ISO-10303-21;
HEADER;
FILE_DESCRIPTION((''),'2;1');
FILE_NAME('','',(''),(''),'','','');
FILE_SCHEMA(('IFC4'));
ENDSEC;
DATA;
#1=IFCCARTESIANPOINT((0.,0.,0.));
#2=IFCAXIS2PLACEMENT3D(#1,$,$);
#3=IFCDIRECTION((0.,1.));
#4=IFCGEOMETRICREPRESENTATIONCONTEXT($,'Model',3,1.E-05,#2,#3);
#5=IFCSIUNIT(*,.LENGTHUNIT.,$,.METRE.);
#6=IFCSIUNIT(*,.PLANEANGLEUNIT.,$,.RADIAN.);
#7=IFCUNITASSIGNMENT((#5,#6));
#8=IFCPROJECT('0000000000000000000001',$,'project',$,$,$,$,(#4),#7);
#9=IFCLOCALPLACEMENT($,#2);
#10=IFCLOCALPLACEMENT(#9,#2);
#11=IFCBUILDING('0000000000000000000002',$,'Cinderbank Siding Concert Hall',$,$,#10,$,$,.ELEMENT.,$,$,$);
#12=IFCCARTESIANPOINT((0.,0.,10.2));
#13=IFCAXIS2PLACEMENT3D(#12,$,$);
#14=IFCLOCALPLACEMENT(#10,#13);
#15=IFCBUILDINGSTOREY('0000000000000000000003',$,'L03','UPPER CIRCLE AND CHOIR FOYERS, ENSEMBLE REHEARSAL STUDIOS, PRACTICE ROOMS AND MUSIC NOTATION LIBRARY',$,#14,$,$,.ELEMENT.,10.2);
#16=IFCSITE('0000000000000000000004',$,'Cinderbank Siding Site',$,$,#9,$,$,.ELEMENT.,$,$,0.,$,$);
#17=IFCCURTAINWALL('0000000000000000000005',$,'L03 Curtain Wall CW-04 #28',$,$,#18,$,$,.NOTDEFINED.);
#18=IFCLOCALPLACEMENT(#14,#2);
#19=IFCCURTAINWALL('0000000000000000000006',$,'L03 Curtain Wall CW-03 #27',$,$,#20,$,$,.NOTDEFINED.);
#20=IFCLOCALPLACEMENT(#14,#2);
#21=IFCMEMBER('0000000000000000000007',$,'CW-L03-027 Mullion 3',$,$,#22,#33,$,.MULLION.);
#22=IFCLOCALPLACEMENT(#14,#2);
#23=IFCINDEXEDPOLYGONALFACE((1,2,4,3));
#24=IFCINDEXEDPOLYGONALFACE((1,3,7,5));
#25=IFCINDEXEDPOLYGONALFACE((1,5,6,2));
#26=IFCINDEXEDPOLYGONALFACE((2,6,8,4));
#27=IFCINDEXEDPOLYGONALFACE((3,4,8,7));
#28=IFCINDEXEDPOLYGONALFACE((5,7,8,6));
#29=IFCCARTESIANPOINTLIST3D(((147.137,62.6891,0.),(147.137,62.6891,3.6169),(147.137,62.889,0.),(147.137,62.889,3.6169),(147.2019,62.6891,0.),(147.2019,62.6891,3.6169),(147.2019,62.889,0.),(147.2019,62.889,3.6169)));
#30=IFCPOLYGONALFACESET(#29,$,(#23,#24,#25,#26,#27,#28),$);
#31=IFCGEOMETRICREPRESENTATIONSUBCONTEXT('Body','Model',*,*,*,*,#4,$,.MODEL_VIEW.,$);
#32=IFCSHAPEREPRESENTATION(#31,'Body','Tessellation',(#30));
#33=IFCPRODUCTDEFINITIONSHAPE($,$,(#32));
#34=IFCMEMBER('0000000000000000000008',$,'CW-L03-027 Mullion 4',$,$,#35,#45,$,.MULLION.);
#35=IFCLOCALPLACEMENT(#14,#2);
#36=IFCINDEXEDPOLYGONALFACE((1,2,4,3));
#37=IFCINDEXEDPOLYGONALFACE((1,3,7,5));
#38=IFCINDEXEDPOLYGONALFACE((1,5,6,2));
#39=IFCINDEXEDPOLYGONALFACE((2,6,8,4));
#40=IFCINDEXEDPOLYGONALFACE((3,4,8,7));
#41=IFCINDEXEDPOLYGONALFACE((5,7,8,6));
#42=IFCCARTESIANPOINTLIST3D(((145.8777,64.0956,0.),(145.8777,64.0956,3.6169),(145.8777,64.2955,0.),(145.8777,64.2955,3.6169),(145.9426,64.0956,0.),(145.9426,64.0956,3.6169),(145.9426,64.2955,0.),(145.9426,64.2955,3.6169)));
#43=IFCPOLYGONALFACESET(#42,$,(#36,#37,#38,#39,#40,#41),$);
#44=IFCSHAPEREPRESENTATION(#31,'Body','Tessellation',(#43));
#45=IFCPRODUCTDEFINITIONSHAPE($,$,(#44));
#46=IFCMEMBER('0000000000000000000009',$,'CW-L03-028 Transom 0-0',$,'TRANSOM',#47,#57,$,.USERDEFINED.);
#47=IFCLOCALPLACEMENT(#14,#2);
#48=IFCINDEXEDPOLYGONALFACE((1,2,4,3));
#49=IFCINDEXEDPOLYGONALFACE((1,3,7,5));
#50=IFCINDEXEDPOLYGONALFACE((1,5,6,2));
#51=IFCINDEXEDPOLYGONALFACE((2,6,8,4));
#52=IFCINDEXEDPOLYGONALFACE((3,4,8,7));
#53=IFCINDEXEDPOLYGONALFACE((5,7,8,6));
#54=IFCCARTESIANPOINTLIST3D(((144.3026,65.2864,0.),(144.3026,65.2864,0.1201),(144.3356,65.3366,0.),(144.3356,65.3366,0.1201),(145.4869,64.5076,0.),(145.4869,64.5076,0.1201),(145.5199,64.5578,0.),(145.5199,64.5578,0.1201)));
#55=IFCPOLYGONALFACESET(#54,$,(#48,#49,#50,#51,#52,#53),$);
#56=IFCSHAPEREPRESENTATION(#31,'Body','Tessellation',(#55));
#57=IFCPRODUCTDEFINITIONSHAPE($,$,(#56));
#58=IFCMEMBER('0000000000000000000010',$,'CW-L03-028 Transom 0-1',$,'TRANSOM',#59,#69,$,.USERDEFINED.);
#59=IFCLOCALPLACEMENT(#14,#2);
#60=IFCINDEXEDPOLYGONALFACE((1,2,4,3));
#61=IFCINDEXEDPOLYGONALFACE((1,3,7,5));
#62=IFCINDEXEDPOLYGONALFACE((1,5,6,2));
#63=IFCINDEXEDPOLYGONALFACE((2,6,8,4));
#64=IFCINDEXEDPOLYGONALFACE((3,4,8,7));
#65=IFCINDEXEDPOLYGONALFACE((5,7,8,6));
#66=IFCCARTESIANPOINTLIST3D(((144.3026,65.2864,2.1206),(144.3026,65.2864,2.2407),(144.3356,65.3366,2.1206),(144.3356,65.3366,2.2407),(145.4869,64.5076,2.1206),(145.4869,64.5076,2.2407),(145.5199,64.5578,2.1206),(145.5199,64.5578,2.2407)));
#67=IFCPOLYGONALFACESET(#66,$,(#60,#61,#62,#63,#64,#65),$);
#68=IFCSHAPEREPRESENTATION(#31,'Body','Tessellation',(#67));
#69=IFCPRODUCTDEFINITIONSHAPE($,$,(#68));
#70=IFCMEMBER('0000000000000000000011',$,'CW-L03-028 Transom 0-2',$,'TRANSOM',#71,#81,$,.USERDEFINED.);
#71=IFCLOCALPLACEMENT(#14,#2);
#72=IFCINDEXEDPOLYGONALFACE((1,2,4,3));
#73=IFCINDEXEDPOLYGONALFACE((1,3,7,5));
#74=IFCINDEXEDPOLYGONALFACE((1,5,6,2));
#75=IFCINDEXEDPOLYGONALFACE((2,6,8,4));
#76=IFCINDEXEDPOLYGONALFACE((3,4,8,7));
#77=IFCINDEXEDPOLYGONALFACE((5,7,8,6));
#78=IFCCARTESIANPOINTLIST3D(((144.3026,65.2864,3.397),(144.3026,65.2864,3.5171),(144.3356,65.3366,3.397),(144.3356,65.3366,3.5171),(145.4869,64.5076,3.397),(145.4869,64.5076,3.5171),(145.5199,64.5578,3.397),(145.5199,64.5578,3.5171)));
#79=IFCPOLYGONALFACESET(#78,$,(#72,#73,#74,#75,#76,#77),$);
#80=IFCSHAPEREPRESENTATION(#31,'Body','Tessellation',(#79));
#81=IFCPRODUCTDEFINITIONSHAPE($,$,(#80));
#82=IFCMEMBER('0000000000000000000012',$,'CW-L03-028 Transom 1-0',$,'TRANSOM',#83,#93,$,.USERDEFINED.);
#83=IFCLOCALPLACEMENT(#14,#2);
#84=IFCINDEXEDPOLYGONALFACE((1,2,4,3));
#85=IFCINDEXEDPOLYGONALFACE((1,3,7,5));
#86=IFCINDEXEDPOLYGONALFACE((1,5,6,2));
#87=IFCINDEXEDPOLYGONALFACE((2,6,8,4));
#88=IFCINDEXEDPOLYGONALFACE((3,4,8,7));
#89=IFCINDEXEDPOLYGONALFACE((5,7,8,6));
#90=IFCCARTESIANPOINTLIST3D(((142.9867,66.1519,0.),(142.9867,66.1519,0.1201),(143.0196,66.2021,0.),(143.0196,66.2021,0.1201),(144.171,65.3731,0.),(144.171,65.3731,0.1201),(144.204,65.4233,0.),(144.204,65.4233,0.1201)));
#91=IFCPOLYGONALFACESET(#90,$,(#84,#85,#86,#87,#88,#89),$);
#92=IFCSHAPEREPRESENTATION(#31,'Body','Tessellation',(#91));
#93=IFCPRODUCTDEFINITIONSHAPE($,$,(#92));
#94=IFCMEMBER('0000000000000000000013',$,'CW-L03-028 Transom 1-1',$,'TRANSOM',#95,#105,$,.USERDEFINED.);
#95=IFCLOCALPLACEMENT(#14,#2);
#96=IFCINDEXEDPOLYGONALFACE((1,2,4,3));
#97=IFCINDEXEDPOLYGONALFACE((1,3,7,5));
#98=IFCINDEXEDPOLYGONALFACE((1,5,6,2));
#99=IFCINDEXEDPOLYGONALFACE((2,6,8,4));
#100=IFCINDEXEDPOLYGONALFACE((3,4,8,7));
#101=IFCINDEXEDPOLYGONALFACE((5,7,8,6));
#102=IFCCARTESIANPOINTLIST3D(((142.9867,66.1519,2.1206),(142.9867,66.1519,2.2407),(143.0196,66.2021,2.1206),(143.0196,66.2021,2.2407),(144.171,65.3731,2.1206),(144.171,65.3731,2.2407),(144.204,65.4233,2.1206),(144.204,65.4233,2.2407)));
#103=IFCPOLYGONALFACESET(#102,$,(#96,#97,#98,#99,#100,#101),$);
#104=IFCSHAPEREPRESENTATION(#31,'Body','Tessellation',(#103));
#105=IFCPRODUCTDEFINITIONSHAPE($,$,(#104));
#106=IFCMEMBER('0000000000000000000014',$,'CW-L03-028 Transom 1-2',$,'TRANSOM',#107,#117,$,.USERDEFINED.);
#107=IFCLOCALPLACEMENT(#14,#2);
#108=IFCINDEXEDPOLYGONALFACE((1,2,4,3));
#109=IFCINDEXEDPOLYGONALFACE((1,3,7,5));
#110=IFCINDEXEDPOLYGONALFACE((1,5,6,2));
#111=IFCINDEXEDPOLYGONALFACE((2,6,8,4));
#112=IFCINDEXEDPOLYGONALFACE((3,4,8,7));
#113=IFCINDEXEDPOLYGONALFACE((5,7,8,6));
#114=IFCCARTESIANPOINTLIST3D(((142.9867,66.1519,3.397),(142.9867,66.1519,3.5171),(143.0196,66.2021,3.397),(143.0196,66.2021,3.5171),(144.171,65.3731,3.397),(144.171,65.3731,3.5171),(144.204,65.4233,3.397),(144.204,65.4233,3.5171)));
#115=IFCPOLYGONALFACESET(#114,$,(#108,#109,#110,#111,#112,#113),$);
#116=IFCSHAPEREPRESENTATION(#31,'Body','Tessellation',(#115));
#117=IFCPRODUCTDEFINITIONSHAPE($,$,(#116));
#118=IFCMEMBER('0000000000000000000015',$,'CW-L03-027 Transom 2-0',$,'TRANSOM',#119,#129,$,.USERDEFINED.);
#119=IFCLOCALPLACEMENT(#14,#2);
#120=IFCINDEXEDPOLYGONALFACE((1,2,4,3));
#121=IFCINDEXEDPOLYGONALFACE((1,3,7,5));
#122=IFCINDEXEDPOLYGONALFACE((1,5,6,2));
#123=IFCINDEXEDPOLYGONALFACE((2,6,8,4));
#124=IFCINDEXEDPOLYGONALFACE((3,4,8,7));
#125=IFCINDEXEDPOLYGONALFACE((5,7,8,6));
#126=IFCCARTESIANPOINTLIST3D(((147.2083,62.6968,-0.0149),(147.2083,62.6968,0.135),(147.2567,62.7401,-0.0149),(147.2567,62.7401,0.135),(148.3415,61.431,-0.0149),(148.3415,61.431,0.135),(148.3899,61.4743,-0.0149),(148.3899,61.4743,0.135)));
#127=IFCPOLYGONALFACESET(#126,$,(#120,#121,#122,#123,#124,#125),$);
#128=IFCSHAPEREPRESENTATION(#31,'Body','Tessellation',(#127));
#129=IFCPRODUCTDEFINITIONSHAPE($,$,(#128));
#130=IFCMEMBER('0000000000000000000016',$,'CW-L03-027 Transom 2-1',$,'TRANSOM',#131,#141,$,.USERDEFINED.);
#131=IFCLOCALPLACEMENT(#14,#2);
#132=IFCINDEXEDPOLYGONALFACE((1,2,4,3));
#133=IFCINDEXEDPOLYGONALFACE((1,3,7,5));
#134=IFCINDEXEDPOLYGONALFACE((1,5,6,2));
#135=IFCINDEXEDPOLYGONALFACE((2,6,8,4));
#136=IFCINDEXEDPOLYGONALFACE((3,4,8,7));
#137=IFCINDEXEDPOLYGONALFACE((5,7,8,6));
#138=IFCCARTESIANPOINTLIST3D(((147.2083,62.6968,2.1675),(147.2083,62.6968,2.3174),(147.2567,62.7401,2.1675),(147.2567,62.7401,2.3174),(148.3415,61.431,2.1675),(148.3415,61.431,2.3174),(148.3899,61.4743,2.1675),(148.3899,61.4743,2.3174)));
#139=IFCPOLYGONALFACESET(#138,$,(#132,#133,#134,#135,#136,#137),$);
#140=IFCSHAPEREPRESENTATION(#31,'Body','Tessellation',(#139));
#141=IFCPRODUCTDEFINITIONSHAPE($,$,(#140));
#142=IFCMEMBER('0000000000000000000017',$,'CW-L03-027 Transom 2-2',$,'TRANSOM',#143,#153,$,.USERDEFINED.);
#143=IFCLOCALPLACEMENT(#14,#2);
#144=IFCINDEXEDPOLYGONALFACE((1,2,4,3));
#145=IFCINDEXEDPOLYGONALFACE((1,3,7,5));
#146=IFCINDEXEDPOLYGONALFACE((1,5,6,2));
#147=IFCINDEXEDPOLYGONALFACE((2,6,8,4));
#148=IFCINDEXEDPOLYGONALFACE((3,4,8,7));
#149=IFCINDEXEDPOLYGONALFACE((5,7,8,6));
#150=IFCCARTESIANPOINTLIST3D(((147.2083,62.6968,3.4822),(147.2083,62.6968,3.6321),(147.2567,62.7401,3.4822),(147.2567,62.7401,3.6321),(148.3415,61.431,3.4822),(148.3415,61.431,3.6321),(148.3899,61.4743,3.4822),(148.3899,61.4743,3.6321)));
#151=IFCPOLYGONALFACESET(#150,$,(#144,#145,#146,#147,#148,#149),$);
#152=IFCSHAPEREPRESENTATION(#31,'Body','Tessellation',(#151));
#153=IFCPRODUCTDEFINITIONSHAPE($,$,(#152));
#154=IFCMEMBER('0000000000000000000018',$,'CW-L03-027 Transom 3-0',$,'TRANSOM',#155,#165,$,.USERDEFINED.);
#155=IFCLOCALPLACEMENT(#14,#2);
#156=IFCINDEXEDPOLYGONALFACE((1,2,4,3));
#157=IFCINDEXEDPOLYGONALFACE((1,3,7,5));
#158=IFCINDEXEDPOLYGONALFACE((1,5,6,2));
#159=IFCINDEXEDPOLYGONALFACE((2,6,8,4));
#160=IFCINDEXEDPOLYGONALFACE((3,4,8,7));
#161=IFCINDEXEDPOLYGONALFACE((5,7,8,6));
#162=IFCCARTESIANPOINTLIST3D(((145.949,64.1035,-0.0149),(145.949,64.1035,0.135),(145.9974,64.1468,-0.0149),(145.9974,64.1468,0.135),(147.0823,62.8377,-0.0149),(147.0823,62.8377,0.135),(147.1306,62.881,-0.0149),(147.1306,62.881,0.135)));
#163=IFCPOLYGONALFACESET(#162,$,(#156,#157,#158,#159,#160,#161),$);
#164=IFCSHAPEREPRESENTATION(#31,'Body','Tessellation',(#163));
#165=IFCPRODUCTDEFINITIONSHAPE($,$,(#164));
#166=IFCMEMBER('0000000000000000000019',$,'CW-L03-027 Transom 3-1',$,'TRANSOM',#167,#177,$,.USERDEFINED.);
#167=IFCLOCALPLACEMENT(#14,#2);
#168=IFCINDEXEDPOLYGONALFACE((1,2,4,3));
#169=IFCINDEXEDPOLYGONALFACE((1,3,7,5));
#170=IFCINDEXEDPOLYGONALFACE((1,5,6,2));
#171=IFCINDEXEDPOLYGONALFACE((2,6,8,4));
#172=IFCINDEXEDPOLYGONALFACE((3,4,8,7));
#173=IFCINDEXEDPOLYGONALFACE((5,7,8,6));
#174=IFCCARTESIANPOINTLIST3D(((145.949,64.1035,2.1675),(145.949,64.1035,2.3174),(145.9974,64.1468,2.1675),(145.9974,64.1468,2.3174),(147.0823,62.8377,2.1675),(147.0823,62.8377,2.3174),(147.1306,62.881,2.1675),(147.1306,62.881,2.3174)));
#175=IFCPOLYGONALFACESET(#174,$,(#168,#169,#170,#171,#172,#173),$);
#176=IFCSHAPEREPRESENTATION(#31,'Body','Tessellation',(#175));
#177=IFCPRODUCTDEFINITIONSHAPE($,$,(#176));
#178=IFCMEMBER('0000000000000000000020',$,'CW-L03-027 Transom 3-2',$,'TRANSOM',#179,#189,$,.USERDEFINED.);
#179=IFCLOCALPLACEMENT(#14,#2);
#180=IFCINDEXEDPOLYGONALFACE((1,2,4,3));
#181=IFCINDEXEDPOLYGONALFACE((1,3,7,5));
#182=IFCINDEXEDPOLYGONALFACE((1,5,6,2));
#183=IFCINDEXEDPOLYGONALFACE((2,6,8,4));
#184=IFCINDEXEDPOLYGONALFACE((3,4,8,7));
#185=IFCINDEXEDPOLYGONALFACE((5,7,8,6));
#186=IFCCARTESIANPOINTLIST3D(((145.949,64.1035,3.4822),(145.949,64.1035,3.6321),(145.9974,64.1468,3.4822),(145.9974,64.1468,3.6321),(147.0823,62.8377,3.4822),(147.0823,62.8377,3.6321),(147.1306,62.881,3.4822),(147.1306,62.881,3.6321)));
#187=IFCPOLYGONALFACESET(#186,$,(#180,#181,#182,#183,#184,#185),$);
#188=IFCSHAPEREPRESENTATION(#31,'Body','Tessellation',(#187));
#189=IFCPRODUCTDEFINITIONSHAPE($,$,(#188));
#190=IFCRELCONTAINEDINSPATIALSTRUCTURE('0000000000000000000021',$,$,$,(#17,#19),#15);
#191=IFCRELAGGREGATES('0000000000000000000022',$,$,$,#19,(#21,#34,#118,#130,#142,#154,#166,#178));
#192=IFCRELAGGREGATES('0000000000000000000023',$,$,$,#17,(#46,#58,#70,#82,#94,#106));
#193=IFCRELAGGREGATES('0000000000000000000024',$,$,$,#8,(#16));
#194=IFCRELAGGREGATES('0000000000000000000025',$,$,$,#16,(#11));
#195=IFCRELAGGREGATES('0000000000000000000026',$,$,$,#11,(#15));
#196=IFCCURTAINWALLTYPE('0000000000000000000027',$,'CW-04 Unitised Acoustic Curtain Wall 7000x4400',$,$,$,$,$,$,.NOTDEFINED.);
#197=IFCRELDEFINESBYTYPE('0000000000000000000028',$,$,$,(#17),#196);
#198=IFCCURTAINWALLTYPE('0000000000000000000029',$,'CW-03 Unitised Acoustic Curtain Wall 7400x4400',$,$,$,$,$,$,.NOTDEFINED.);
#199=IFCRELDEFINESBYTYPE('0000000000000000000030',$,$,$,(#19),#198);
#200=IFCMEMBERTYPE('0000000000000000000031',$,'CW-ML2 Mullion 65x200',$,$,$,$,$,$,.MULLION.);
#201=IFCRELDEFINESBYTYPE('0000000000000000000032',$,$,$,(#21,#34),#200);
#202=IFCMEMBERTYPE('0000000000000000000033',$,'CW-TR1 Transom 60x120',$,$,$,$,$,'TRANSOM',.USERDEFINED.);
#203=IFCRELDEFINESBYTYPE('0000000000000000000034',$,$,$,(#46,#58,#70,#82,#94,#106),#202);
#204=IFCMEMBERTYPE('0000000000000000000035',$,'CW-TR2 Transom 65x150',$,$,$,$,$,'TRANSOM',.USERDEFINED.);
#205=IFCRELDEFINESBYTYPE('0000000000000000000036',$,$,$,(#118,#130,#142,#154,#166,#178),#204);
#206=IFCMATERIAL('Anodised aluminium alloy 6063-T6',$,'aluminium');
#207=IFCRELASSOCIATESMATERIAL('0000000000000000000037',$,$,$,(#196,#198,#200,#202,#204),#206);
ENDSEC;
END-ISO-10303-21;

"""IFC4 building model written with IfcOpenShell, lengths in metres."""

from ifc_helpers import new_model, si_unit, direction, frame, origin, origin_2d, place, context, subcontext, project, spatial, rectangle, extrude, material, material_profile, profile_set, type_object, element, aggregate, save


model = new_model("IFC4")

# Units and contexts
model_context = context("Model", 3, precision=1e-05, world=origin(), true_north=direction((0.0, 1.0)))
body_context = subcontext(model_context, "Body", "Model", "MODEL_VIEW")
ifc_project = project(units=[si_unit("LENGTHUNIT", "METRE"), si_unit("PLANEANGLEUNIT", "RADIAN")], contexts=[model_context])

# Site, building, storey
site_placement = place(None, origin())
site = spatial("IfcSite", under=ifc_project, at=site_placement, Name="Cinderbank Siding Site", CompositionType="ELEMENT", RefElevation=0.0)
building_placement = place(site_placement, origin())
building = spatial("IfcBuilding", under=site, at=building_placement, Name="Cinderbank Siding Concert Hall", CompositionType="ELEMENT")
storey_placement = place(building_placement, frame((0.0, 0.0, 10.2)))
storey = spatial("IfcBuildingStorey", under=building, at=storey_placement, Name="L03", Description="UPPER CIRCLE AND CHOIR FOYERS, ENSEMBLE REHEARSAL STUDIOS, PRACTICE ROOMS AND MUSIC NOTATION LIBRARY", CompositionType="ELEMENT", Elevation=10.2)

# Curtain walls, members
ifc_material_1 = material(Name="Anodised aluminium alloy 6063-T6", Category="aluminium")
curtain_wall_type_1 = type_object("IfcCurtainWallType", Name="CW-04 Unitised Acoustic Curtain Wall 7000x4400", PredefinedType="NOTDEFINED", material=ifc_material_1)
curtain_wall_1_placement = place(storey_placement, origin())
curtain_wall_1 = element("IfcCurtainWall", 1, at=curtain_wall_1_placement, inside=storey, type_object=curtain_wall_type_1, Name="L03 Curtain Wall CW-04 #28", PredefinedType="NOTDEFINED")
curtain_wall_type_2 = type_object("IfcCurtainWallType", Name="CW-03 Unitised Acoustic Curtain Wall 7400x4400", PredefinedType="NOTDEFINED", material=ifc_material_1)
curtain_wall_2_placement = place(storey_placement, origin())
curtain_wall_2 = element("IfcCurtainWall", 2, at=curtain_wall_2_placement, inside=storey, type_object=curtain_wall_type_2, Name="L03 Curtain Wall CW-03 #27", PredefinedType="NOTDEFINED")
ifc_material_profile_1 = material_profile(ifc_material_1, rectangle(XDim=0.0649, YDim=0.2, at=origin_2d()), Name="ALU-MULL-65x200", Category="LoadBearing")
ifc_profile_set_1 = profile_set([ifc_material_profile_1], Name="Anodised aluminium alloy 6063-T6")
member_type_1 = type_object("IfcMemberType", Name="CW-ML2 Mullion 65x200", PredefinedType="MULLION", material=ifc_profile_set_1)
member_1_placement = place(storey_placement, frame((147.1694, 62.7891, 0.0), z_axis=(0.0, 0.0, 1.0), x_axis=(1.0, 0.0, 0.0)))
member_1 = element("IfcMember", 3, at=member_1_placement, type_object=member_type_1, Name="CW-L03-027 Mullion 3", PredefinedType="MULLION", context=body_context, shape_type="SweptSolid", body=[
    extrude(rectangle(XDim=0.0649, YDim=0.2, at=origin_2d()), origin(), (0.0, 0.0, 1.0), 3.6169),
])
member_2_placement = place(storey_placement, frame((145.9102, 64.1956, 0.0), z_axis=(0.0, 0.0, 1.0), x_axis=(1.0, 0.0, 0.0)))
member_2 = element("IfcMember", 4, at=member_2_placement, type_object=member_type_1, Name="CW-L03-027 Mullion 4", PredefinedType="MULLION", context=body_context, shape_type="SweptSolid", body=[
    extrude(rectangle(XDim=0.0649, YDim=0.2, at=origin_2d()), origin(), (0.0, 0.0, 1.0), 3.6169),
])

# Members
ifc_material_profile_2 = material_profile(ifc_material_1, rectangle(XDim=0.0601, YDim=0.1201, at=origin_2d()), Name="ALU-TRAN-60x120", Category="LoadBearing")
ifc_profile_set_2 = profile_set([ifc_material_profile_2], Name="Anodised aluminium alloy 6063-T6")
member_type_2 = type_object("IfcMemberType", Name="CW-TR1 Transom 60x120", ElementType="TRANSOM", PredefinedType="USERDEFINED", material=ifc_profile_set_2)
member_3_placement = place(storey_placement, frame((145.5034, 64.5327, 0.0601), z_axis=(-0.835532, 0.549443, 0.0), x_axis=(-0.549443, -0.835532, 0.0)))
member_3 = element("IfcMember", 5, at=member_3_placement, type_object=member_type_2, Name="CW-L03-028 Transom 0-0", ObjectType="TRANSOM", PredefinedType="USERDEFINED", context=body_context, shape_type="SweptSolid", body=[
    extrude(rectangle(XDim=0.0601, YDim=0.1201, at=origin_2d()), origin(), (0.0, 0.0, 1.0), 1.4175),
])
member_4_placement = place(storey_placement, frame((145.5034, 64.5327, 2.1807), z_axis=(-0.835532, 0.549443, 0.0), x_axis=(-0.549443, -0.835532, 0.0)))
member_4 = element("IfcMember", 6, at=member_4_placement, type_object=member_type_2, Name="CW-L03-028 Transom 0-1", ObjectType="TRANSOM", PredefinedType="USERDEFINED", context=body_context, shape_type="SweptSolid", body=[
    extrude(rectangle(XDim=0.0601, YDim=0.1201, at=origin_2d()), origin(), (0.0, 0.0, 1.0), 1.4175),
])
member_5_placement = place(storey_placement, frame((145.5034, 64.5327, 3.457), z_axis=(-0.835532, 0.549443, 0.0), x_axis=(-0.549443, -0.835532, 0.0)))
member_5 = element("IfcMember", 7, at=member_5_placement, type_object=member_type_2, Name="CW-L03-028 Transom 0-2", ObjectType="TRANSOM", PredefinedType="USERDEFINED", context=body_context, shape_type="SweptSolid", body=[
    extrude(rectangle(XDim=0.0601, YDim=0.1201, at=origin_2d()), origin(), (0.0, 0.0, 1.0), 1.4175),
])
member_6_placement = place(storey_placement, frame((144.1875, 65.3982, 0.0601), z_axis=(-0.835532, 0.549443, 0.0), x_axis=(-0.549443, -0.835532, 0.0)))
member_6 = element("IfcMember", 8, at=member_6_placement, type_object=member_type_2, Name="CW-L03-028 Transom 1-0", ObjectType="TRANSOM", PredefinedType="USERDEFINED", context=body_context, shape_type="SweptSolid", body=[
    extrude(rectangle(XDim=0.0601, YDim=0.1201, at=origin_2d()), origin(), (0.0, 0.0, 1.0), 1.4175),
])
member_7_placement = place(storey_placement, frame((144.1875, 65.3982, 2.1807), z_axis=(-0.835532, 0.549443, 0.0), x_axis=(-0.549443, -0.835532, 0.0)))
member_7 = element("IfcMember", 9, at=member_7_placement, type_object=member_type_2, Name="CW-L03-028 Transom 1-1", ObjectType="TRANSOM", PredefinedType="USERDEFINED", context=body_context, shape_type="SweptSolid", body=[
    extrude(rectangle(XDim=0.0601, YDim=0.1201, at=origin_2d()), origin(), (0.0, 0.0, 1.0), 1.4175),
])
member_8_placement = place(storey_placement, frame((144.1875, 65.3982, 3.457), z_axis=(-0.835532, 0.549443, 0.0), x_axis=(-0.549443, -0.835532, 0.0)))
member_8 = element("IfcMember", 10, at=member_8_placement, type_object=member_type_2, Name="CW-L03-028 Transom 1-2", ObjectType="TRANSOM", PredefinedType="USERDEFINED", context=body_context, shape_type="SweptSolid", body=[
    extrude(rectangle(XDim=0.0601, YDim=0.1201, at=origin_2d()), origin(), (0.0, 0.0, 1.0), 1.4175),
])
ifc_material_profile_3 = material_profile(ifc_material_1, rectangle(XDim=0.0649, YDim=0.1499, at=origin_2d()), Name="ALU-TRAN-65x150", Category="LoadBearing")
ifc_profile_set_3 = profile_set([ifc_material_profile_3], Name="Anodised aluminium alloy 6063-T6")
member_type_3 = type_object("IfcMemberType", Name="CW-TR2 Transom 65x150", ElementType="TRANSOM", PredefinedType="USERDEFINED", material=ifc_profile_set_3)
member_9_placement = place(storey_placement, frame((148.3657, 61.4526, 0.0601), z_axis=(-0.667017, 0.745042, 0.0), x_axis=(-0.745042, -0.667017, 0.0)))
member_9 = element("IfcMember", 11, at=member_9_placement, type_object=member_type_3, Name="CW-L03-027 Transom 2-0", ObjectType="TRANSOM", PredefinedType="USERDEFINED", context=body_context, shape_type="SweptSolid", body=[
    extrude(rectangle(XDim=0.0649, YDim=0.1499, at=origin_2d()), origin(), (0.0, 0.0, 1.0), 1.699),
])
member_10_placement = place(storey_placement, frame((148.3657, 61.4526, 2.2424), z_axis=(-0.667017, 0.745042, 0.0), x_axis=(-0.745042, -0.667017, 0.0)))
member_10 = element("IfcMember", 12, at=member_10_placement, type_object=member_type_3, Name="CW-L03-027 Transom 2-1", ObjectType="TRANSOM", PredefinedType="USERDEFINED", context=body_context, shape_type="SweptSolid", body=[
    extrude(rectangle(XDim=0.0649, YDim=0.1499, at=origin_2d()), origin(), (0.0, 0.0, 1.0), 1.699),
])
member_11_placement = place(storey_placement, frame((148.3657, 61.4526, 3.5571), z_axis=(-0.667017, 0.745042, 0.0), x_axis=(-0.745042, -0.667017, 0.0)))
member_11 = element("IfcMember", 13, at=member_11_placement, type_object=member_type_3, Name="CW-L03-027 Transom 2-2", ObjectType="TRANSOM", PredefinedType="USERDEFINED", context=body_context, shape_type="SweptSolid", body=[
    extrude(rectangle(XDim=0.0649, YDim=0.1499, at=origin_2d()), origin(), (0.0, 0.0, 1.0), 1.699),
])
member_12_placement = place(storey_placement, frame((147.1064, 62.8594, 0.0601), z_axis=(-0.667017, 0.745042, 0.0), x_axis=(-0.745042, -0.667017, 0.0)))
member_12 = element("IfcMember", 14, at=member_12_placement, type_object=member_type_3, Name="CW-L03-027 Transom 3-0", ObjectType="TRANSOM", PredefinedType="USERDEFINED", context=body_context, shape_type="SweptSolid", body=[
    extrude(rectangle(XDim=0.0649, YDim=0.1499, at=origin_2d()), origin(), (0.0, 0.0, 1.0), 1.699),
])
member_13_placement = place(storey_placement, frame((147.1064, 62.8594, 2.2424), z_axis=(-0.667017, 0.745042, 0.0), x_axis=(-0.745042, -0.667017, 0.0)))
member_13 = element("IfcMember", 15, at=member_13_placement, type_object=member_type_3, Name="CW-L03-027 Transom 3-1", ObjectType="TRANSOM", PredefinedType="USERDEFINED", context=body_context, shape_type="SweptSolid", body=[
    extrude(rectangle(XDim=0.0649, YDim=0.1499, at=origin_2d()), origin(), (0.0, 0.0, 1.0), 1.699),
])
member_14_placement = place(storey_placement, frame((147.1064, 62.8594, 3.5571), z_axis=(-0.667017, 0.745042, 0.0), x_axis=(-0.745042, -0.667017, 0.0)))
member_14 = element("IfcMember", 16, at=member_14_placement, type_object=member_type_3, Name="CW-L03-027 Transom 3-2", ObjectType="TRANSOM", PredefinedType="USERDEFINED", context=body_context, shape_type="SweptSolid", body=[
    extrude(rectangle(XDim=0.0649, YDim=0.1499, at=origin_2d()), origin(), (0.0, 0.0, 1.0), 1.699),
])

aggregate(curtain_wall_2, [member_1, member_2, member_9, member_10, member_11, member_12, member_13, member_14])
aggregate(curtain_wall_1, [member_3, member_4, member_5, member_6, member_7, member_8])

save(model, "model.ifc")
